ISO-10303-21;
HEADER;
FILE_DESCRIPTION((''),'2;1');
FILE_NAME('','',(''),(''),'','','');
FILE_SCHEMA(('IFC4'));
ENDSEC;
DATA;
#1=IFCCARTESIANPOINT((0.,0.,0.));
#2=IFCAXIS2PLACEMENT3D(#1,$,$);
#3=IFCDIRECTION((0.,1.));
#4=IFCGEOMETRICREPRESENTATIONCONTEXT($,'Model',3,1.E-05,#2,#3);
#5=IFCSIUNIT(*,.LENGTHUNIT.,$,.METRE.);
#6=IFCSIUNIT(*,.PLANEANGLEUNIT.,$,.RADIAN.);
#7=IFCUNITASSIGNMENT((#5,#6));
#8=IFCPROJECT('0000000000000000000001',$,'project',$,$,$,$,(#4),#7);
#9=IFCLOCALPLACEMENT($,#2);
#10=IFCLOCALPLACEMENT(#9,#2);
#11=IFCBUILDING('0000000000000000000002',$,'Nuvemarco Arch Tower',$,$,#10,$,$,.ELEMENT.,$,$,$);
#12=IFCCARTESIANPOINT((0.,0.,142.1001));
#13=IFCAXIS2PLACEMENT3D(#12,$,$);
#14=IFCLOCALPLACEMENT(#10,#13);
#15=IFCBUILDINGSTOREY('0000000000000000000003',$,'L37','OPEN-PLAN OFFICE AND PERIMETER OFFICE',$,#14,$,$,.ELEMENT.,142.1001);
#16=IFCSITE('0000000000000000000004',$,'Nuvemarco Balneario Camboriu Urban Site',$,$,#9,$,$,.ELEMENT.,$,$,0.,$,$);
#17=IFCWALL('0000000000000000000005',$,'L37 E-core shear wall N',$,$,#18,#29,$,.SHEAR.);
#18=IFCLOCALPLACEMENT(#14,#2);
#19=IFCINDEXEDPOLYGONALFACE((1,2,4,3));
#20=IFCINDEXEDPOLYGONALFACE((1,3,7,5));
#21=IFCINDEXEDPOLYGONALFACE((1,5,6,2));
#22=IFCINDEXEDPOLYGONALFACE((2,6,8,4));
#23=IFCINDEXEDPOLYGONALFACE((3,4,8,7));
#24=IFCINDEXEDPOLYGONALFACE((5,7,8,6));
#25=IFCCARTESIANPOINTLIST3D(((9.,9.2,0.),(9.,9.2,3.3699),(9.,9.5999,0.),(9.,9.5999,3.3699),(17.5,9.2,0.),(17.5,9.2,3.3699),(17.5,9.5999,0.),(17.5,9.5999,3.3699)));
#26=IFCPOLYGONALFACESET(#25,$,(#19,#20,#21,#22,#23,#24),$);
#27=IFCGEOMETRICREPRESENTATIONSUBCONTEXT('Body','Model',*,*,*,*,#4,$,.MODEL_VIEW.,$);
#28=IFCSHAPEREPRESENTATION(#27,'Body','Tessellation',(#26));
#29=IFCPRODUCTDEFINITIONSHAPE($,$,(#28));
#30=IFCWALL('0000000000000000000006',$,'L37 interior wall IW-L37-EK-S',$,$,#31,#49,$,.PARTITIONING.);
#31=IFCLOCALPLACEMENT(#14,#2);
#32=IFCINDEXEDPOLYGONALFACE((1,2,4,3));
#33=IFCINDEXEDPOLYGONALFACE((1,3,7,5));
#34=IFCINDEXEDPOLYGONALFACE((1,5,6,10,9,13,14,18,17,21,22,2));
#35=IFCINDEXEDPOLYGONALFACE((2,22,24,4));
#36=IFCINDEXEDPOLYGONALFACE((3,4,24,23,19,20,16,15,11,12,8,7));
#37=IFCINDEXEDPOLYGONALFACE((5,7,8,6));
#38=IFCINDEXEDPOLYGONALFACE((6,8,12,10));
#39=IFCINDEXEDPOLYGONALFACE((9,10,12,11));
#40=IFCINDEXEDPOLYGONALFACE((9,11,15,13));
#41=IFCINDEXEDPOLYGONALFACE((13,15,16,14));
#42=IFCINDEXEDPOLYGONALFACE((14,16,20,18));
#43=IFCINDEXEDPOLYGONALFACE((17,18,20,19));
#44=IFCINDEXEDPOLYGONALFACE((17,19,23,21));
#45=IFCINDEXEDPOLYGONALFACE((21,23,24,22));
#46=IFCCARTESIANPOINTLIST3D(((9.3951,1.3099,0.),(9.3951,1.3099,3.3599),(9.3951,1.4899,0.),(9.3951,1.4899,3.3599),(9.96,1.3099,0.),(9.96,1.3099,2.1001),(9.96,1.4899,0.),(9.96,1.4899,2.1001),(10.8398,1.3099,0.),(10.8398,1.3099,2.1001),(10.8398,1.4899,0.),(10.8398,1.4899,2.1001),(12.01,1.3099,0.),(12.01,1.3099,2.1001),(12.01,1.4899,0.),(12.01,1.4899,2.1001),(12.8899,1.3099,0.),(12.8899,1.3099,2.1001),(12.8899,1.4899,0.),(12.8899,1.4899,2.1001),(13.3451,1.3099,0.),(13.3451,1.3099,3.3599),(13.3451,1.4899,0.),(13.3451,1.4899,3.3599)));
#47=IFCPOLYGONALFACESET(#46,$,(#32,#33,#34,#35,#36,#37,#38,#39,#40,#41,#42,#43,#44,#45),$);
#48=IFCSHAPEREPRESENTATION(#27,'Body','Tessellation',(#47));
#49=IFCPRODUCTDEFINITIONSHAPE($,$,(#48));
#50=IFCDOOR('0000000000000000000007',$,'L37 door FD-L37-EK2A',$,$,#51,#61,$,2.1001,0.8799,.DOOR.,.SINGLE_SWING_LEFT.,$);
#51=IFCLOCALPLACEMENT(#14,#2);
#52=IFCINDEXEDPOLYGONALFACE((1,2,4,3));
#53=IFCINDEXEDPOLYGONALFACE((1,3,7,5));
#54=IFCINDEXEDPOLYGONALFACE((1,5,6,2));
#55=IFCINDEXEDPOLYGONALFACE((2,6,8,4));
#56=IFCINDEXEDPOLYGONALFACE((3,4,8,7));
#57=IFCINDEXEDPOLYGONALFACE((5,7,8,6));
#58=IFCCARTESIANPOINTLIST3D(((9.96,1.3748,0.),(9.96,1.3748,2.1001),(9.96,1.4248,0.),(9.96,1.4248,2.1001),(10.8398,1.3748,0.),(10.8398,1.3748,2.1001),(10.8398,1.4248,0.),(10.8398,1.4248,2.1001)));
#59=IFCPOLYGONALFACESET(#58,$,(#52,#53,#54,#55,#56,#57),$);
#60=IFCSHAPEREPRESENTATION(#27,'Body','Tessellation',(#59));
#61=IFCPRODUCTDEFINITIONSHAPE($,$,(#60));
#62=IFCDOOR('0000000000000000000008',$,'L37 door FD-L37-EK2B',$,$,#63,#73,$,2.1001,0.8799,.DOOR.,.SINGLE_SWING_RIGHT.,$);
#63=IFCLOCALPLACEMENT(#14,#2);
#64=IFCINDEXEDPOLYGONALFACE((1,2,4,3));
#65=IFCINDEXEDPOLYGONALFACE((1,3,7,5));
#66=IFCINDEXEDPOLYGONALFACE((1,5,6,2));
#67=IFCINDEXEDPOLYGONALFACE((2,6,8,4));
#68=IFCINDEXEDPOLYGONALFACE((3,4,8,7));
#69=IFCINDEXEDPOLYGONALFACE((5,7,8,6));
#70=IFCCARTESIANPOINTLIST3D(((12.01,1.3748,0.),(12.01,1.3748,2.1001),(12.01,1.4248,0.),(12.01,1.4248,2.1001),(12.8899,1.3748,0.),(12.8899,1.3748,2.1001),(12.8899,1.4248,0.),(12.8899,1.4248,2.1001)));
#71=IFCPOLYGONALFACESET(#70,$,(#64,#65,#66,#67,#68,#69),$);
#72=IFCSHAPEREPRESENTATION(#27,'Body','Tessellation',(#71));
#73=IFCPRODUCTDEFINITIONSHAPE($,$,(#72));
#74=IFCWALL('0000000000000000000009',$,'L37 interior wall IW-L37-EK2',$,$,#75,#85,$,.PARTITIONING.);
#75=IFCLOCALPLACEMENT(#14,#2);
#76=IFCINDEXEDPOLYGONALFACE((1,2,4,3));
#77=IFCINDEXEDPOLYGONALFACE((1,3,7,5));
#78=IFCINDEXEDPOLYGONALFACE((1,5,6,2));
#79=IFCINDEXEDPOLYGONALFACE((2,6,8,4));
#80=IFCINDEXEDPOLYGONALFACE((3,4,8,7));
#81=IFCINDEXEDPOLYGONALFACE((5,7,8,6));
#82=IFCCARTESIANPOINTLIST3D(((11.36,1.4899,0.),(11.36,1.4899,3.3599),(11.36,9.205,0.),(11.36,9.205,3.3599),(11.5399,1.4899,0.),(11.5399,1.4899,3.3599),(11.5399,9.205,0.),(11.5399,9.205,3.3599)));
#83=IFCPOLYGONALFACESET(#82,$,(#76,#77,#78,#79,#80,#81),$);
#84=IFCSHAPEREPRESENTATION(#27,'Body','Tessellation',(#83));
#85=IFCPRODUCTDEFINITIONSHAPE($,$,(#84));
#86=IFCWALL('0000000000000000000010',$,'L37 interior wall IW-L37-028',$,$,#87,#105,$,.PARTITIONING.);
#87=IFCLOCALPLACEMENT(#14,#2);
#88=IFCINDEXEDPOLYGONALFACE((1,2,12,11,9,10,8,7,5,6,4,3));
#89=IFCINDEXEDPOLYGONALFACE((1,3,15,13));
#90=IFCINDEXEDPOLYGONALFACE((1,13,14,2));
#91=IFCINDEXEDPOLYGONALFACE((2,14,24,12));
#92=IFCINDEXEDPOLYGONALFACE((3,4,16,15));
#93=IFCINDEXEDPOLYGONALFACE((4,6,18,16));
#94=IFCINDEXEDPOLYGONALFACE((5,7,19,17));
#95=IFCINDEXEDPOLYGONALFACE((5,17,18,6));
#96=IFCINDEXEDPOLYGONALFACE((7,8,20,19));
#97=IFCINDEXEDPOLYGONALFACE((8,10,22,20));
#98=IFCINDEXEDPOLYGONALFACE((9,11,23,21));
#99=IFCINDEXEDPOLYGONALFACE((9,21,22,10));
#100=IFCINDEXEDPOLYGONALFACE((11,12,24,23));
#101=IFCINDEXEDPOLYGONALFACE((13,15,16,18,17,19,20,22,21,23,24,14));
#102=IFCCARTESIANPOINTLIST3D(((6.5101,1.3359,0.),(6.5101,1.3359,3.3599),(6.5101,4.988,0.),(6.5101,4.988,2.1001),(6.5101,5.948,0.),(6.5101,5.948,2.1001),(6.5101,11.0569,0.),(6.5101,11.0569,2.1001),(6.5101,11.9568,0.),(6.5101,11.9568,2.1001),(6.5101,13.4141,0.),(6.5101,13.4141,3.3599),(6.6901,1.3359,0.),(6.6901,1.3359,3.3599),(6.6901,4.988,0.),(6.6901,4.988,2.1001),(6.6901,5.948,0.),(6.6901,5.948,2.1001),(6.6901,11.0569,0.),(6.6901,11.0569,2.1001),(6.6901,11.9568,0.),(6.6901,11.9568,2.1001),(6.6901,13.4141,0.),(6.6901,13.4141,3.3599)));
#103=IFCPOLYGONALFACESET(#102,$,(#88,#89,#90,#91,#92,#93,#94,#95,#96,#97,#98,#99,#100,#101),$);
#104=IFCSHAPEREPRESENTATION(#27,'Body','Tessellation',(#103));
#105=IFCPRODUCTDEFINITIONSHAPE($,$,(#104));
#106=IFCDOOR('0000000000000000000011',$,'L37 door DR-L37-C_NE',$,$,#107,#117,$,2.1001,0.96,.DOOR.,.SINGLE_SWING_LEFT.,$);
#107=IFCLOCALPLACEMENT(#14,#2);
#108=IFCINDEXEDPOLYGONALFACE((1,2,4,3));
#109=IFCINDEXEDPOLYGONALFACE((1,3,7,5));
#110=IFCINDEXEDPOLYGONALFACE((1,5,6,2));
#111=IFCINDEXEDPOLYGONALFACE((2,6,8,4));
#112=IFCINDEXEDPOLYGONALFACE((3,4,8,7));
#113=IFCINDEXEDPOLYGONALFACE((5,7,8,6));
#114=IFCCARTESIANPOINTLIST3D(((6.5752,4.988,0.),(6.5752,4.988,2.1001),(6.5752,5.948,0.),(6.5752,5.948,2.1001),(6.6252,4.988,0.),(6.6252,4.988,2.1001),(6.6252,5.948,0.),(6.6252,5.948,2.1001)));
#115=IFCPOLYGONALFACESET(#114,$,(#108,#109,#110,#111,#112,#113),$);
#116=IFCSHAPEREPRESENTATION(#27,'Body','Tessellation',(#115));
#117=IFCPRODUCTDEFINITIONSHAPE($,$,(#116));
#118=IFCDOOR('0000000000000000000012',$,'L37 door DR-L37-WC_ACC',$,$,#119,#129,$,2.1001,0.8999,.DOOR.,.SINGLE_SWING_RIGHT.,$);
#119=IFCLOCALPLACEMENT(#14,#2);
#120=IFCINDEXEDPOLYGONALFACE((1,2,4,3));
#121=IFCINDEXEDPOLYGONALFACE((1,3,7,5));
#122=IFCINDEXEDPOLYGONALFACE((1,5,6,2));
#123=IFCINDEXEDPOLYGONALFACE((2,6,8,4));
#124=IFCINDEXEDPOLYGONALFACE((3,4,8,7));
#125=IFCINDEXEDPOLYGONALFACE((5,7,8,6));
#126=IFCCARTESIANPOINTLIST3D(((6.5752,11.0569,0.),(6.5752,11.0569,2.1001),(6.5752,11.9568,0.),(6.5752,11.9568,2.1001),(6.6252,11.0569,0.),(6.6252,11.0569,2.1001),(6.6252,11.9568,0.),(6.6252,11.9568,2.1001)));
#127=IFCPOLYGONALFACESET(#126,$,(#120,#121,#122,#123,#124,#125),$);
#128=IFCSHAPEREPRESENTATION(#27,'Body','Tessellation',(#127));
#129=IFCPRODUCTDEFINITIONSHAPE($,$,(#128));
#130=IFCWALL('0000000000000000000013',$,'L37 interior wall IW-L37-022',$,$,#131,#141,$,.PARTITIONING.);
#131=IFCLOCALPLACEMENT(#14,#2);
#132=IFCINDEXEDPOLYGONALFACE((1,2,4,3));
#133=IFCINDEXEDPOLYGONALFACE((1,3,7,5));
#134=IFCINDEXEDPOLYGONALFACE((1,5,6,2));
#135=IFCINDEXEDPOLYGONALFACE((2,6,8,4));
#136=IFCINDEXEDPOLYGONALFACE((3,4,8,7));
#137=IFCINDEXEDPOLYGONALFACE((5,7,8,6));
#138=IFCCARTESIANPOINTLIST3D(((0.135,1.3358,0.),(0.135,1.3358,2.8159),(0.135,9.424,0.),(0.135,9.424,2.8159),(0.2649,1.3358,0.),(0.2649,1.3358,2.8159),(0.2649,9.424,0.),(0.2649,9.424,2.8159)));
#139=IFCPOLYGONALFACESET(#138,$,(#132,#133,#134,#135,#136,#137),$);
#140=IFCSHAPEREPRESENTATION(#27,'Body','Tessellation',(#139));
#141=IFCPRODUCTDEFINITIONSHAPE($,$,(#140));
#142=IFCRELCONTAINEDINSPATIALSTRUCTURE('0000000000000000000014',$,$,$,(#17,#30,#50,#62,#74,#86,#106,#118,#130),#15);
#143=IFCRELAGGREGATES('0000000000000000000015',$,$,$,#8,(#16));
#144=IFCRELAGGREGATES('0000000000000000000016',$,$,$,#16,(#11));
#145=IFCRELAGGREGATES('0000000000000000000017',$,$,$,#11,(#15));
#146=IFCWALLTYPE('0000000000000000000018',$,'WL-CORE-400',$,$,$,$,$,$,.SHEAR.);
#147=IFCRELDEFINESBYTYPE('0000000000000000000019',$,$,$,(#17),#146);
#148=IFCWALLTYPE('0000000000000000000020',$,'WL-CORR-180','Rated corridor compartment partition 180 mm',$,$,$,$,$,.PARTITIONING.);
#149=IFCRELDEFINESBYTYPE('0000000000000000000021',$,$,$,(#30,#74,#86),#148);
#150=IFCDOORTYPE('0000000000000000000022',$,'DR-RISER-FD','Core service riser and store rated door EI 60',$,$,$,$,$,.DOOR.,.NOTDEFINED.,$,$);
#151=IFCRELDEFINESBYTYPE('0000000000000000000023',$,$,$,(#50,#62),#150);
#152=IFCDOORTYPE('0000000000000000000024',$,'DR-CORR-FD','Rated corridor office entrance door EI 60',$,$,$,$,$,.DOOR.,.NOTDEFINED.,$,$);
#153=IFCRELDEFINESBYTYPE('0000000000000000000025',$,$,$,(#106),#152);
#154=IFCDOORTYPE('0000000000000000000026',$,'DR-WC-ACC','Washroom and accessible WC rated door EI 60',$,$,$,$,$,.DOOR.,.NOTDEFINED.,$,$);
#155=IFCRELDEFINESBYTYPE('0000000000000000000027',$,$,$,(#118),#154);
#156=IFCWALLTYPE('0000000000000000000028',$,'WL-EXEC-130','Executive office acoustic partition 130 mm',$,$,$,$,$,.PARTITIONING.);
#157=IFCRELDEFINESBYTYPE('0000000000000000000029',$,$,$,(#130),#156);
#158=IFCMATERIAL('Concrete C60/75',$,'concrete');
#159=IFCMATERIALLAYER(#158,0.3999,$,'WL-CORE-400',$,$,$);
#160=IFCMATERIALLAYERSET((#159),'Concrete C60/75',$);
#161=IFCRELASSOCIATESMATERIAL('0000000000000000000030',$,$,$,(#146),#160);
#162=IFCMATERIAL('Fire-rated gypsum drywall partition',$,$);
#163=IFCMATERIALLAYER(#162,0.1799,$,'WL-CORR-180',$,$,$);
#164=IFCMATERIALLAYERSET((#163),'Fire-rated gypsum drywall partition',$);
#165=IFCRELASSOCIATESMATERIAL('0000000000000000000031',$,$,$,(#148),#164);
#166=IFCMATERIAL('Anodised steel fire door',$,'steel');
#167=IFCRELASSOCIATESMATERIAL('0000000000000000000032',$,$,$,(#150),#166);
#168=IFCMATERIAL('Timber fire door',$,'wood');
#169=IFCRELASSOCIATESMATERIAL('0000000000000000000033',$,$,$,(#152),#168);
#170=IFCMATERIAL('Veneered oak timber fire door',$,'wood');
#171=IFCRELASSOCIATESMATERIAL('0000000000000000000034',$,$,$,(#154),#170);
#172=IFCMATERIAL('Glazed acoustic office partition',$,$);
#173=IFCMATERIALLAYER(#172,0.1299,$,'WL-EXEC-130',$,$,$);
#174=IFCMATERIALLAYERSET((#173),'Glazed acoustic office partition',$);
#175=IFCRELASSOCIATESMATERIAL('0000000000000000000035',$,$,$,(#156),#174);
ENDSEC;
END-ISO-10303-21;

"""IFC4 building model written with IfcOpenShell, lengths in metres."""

from ifc_helpers import new_model, si_unit, direction, frame, frame_2d, origin, place, context, subcontext, project, spatial, rectangle, extrude, source, transform, mapped, material, layer, layer_set, type_object, type_shapes, element, fill, save


model = new_model("IFC4")

# Units and contexts
model_context = context("Model", 3, precision=1e-05, world=origin(), true_north=direction((0.0, 1.0)))
body_context = subcontext(model_context, "Body", "Model", "MODEL_VIEW")
ifc_project = project(units=[si_unit("LENGTHUNIT", "METRE"), si_unit("PLANEANGLEUNIT", "RADIAN")], contexts=[model_context])

# Site, building, storey
site_placement = place(None, origin())
site = spatial("IfcSite", under=ifc_project, at=site_placement, Name="Nuvemarco Balneario Camboriu Urban Site", CompositionType="ELEMENT", RefElevation=0.0)
building_placement = place(site_placement, origin())
building = spatial("IfcBuilding", under=site, at=building_placement, Name="Nuvemarco Arch Tower", CompositionType="ELEMENT")
storey_placement = place(building_placement, frame((0.0, 0.0, 142.1001)))
storey = spatial("IfcBuildingStorey", under=building, at=storey_placement, Name="L37", Description="OPEN-PLAN OFFICE AND PERIMETER OFFICE", CompositionType="ELEMENT", Elevation=142.1001)

# Shared definitions
ifc_material_1 = material(Name="Concrete C60/75", Category="concrete")

# Wall
ifc_layer_1 = layer(ifc_material_1, 0.3999, Name="WL-CORE-400")
ifc_layer_set_1 = layer_set([ifc_layer_1], Name="Concrete C60/75")
wall_type_1 = type_object("IfcWallType", Name="WL-CORE-400", PredefinedType="SHEAR", material=ifc_layer_set_1)
wall_1_placement = place(storey_placement, frame((9.0, 9.3999, 0.0), z_axis=(0.0, 0.0, 1.0), x_axis=(1.0, 0.0, 0.0)))
element("IfcWall", 1, at=wall_1_placement, inside=storey, type_object=wall_type_1, Name="L37 E-core shear wall N", PredefinedType="SHEAR", context=body_context, shape_type="SweptSolid", body=[
    extrude(rectangle(XDim=8.5, YDim=0.3999, at=frame_2d((4.25, 0.0))), origin(), (0.0, 0.0, 1.0), 3.3699),
])

# Wall, openings, doors
ifc_material_2 = material(Name="Fire-rated gypsum drywall partition")
ifc_layer_2 = layer(ifc_material_2, 0.1799, Name="WL-CORR-180")
ifc_layer_set_2 = layer_set([ifc_layer_2], Name="Fire-rated gypsum drywall partition")
wall_type_2 = type_object("IfcWallType", Name="WL-CORR-180", Description="Rated corridor compartment partition 180 mm", PredefinedType="PARTITIONING", material=ifc_layer_set_2)
wall_2_placement = place(storey_placement, frame((9.395, 1.3999, 0.0), z_axis=(0.0, 0.0, 1.0), x_axis=(1.0, 0.0, 0.0)))
wall_2 = element("IfcWall", 2, at=wall_2_placement, inside=storey, type_object=wall_type_2, Name="L37 interior wall IW-L37-EK-S", PredefinedType="PARTITIONING", context=body_context, shape_type="SweptSolid", body=[
    extrude(rectangle(XDim=3.95, YDim=0.1799, at=frame_2d((1.9751, 0.0))), origin(), (0.0, 0.0, 1.0), 3.3599),
])
opening_1_placement = place(wall_2_placement, frame((0.5649, 0.0, 0.0)))
opening_1 = element("IfcOpeningElement", 3, at=opening_1_placement, cuts=wall_2, PredefinedType="OPENING", context=body_context, shape_type="SweptSolid", body=[
    extrude(rectangle(XDim=0.8799, YDim=2.1001, at=frame_2d((0.4399, 1.05))), frame((0.0, 0.0999, 0.0), z_axis=(0.0, -1.0, 0.0), x_axis=(1.0, 0.0, 0.0)), (0.0, 0.0, 1.0), 0.2),
])
opening_2_placement = place(wall_2_placement, frame((2.615, 0.0, 0.0)))
opening_2 = element("IfcOpeningElement", 4, at=opening_2_placement, cuts=wall_2, PredefinedType="OPENING", context=body_context, shape_type="SweptSolid", body=[
    extrude(rectangle(XDim=0.8799, YDim=2.1001, at=frame_2d((0.4399, 1.05))), frame((0.0, 0.0999, 0.0), z_axis=(0.0, -1.0, 0.0), x_axis=(1.0, 0.0, 0.0)), (0.0, 0.0, 1.0), 0.2),
])
ifc_material_3 = material(Name="Anodised steel fire door", Category="steel")
door_type_1 = type_object("IfcDoorType", Name="DR-RISER-FD", Description="Core service riser and store rated door EI 60", OperationType="NOTDEFINED", PredefinedType="DOOR", material=ifc_material_3)
shared_shape_1 = source(origin(), body_context, "Body", "SweptSolid", [
    extrude(rectangle(XDim=0.8799, YDim=2.1001, at=frame_2d((0.4399, 1.05))), frame((0.0, 0.0249, 0.0), z_axis=(0.0, -1.0, 0.0), x_axis=(1.0, 0.0, 0.0)), (0.0, 0.0, 1.0), 0.05),
])
type_shapes(door_type_1, [shared_shape_1])
door_1_placement = place(opening_1_placement, origin())
door_1 = element("IfcDoor", 5, at=door_1_placement, inside=storey, type_object=door_type_1, Name="L37 door FD-L37-EK2A", OperationType="SINGLE_SWING_LEFT", OverallHeight=2.1001, OverallWidth=0.8799, PredefinedType="DOOR", context=body_context, shape_type="MappedRepresentation", body=[
    mapped(shared_shape_1, transform((0.0, 0.0, 0.0), scale=1.0)),
])
fill(opening_1, door_1)
door_2_placement = place(opening_2_placement, origin())
door_2 = element("IfcDoor", 6, at=door_2_placement, inside=storey, type_object=door_type_1, Name="L37 door FD-L37-EK2B", OperationType="SINGLE_SWING_RIGHT", OverallHeight=2.1001, OverallWidth=0.8799, PredefinedType="DOOR", context=body_context, shape_type="MappedRepresentation", body=[
    mapped(shared_shape_1, transform((0.0, 0.0, 0.0), scale=1.0)),
])
fill(opening_2, door_2)

# Wall
wall_3_placement = place(storey_placement, frame((11.45, 1.49, 0.0), z_axis=(0.0, 0.0, 1.0), x_axis=(0.0, 1.0, 0.0)))
element("IfcWall", 7, at=wall_3_placement, inside=storey, type_object=wall_type_2, Name="L37 interior wall IW-L37-EK2", PredefinedType="PARTITIONING", context=body_context, shape_type="SweptSolid", body=[
    extrude(rectangle(XDim=7.7151, YDim=0.1799, at=frame_2d((3.8574, 0.0))), origin(), (0.0, 0.0, 1.0), 3.3599),
])

# Wall, openings, doors
wall_4_placement = place(storey_placement, frame((6.6001, 1.3359, 0.0), z_axis=(0.0, 0.0, 1.0), x_axis=(0.0, 1.0, 0.0)))
wall_4 = element("IfcWall", 8, at=wall_4_placement, inside=storey, type_object=wall_type_2, Name="L37 interior wall IW-L37-028", PredefinedType="PARTITIONING", context=body_context, shape_type="SweptSolid", body=[
    extrude(rectangle(XDim=12.0781, YDim=0.1799, at=frame_2d((6.0391, 0.0))), origin(), (0.0, 0.0, 1.0), 3.3599),
])
opening_3_placement = place(wall_4_placement, frame((3.6521, 0.0, 0.0)))
opening_3 = element("IfcOpeningElement", 9, at=opening_3_placement, cuts=wall_4, PredefinedType="OPENING", context=body_context, shape_type="SweptSolid", body=[
    extrude(rectangle(XDim=0.96, YDim=2.1001, at=frame_2d((0.48, 1.05))), frame((0.0, 0.0999, 0.0), z_axis=(0.0, -1.0, 0.0), x_axis=(1.0, 0.0, 0.0)), (0.0, 0.0, 1.0), 0.2),
])
opening_4_placement = place(wall_4_placement, frame((9.7209, 0.0, 0.0)))
opening_4 = element("IfcOpeningElement", 10, at=opening_4_placement, cuts=wall_4, PredefinedType="OPENING", context=body_context, shape_type="SweptSolid", body=[
    extrude(rectangle(XDim=0.8999, YDim=2.1001, at=frame_2d((0.45, 1.05))), frame((0.0, 0.0999, 0.0), z_axis=(0.0, -1.0, 0.0), x_axis=(1.0, 0.0, 0.0)), (0.0, 0.0, 1.0), 0.2),
])
ifc_material_4 = material(Name="Timber fire door", Category="wood")
door_type_2 = type_object("IfcDoorType", Name="DR-CORR-FD", Description="Rated corridor office entrance door EI 60", OperationType="NOTDEFINED", PredefinedType="DOOR", material=ifc_material_4)
shared_shape_2 = source(origin(), body_context, "Body", "SweptSolid", [
    extrude(rectangle(XDim=0.96, YDim=2.1001, at=frame_2d((0.48, 1.05))), frame((0.0, 0.0249, 0.0), z_axis=(0.0, -1.0, 0.0), x_axis=(1.0, 0.0, 0.0)), (0.0, 0.0, 1.0), 0.05),
])
type_shapes(door_type_2, [shared_shape_2])
door_3_placement = place(opening_3_placement, origin())
door_3 = element("IfcDoor", 11, at=door_3_placement, inside=storey, type_object=door_type_2, Name="L37 door DR-L37-C_NE", OperationType="SINGLE_SWING_LEFT", OverallHeight=2.1001, OverallWidth=0.96, PredefinedType="DOOR", context=body_context, shape_type="MappedRepresentation", body=[
    mapped(shared_shape_2, transform((0.0, 0.0, 0.0), scale=1.0)),
])
fill(opening_3, door_3)
ifc_material_5 = material(Name="Veneered oak timber fire door", Category="wood")
door_type_3 = type_object("IfcDoorType", Name="DR-WC-ACC", Description="Washroom and accessible WC rated door EI 60", OperationType="NOTDEFINED", PredefinedType="DOOR", material=ifc_material_5)
shared_shape_3 = source(origin(), body_context, "Body", "SweptSolid", [
    extrude(rectangle(XDim=0.8999, YDim=2.1001, at=frame_2d((0.45, 1.05))), frame((0.0, 0.0249, 0.0), z_axis=(0.0, -1.0, 0.0), x_axis=(1.0, 0.0, 0.0)), (0.0, 0.0, 1.0), 0.05),
])
type_shapes(door_type_3, [shared_shape_3])
door_4_placement = place(opening_4_placement, origin())
door_4 = element("IfcDoor", 12, at=door_4_placement, inside=storey, type_object=door_type_3, Name="L37 door DR-L37-WC_ACC", OperationType="SINGLE_SWING_RIGHT", OverallHeight=2.1001, OverallWidth=0.8999, PredefinedType="DOOR", context=body_context, shape_type="MappedRepresentation", body=[
    mapped(shared_shape_3, transform((0.0, 0.0, 0.0), scale=1.0)),
])
fill(opening_4, door_4)

# Wall
ifc_material_6 = material(Name="Glazed acoustic office partition")
ifc_layer_3 = layer(ifc_material_6, 0.1299, Name="WL-EXEC-130")
ifc_layer_set_3 = layer_set([ifc_layer_3], Name="Glazed acoustic office partition")
wall_type_3 = type_object("IfcWallType", Name="WL-EXEC-130", Description="Executive office acoustic partition 130 mm", PredefinedType="PARTITIONING", material=ifc_layer_set_3)
wall_5_placement = place(storey_placement, frame((0.2, 1.3359, 0.0), z_axis=(0.0, 0.0, 1.0), x_axis=(0.0, 1.0, 0.0)))
element("IfcWall", 13, at=wall_5_placement, inside=storey, type_object=wall_type_3, Name="L37 interior wall IW-L37-022", PredefinedType="PARTITIONING", context=body_context, shape_type="SweptSolid", body=[
    extrude(rectangle(XDim=8.0881, YDim=0.1299, at=frame_2d((4.0439, 0.0))), origin(), (0.0, 0.0, 1.0), 2.8159),
])

save(model, "model.ifc")
